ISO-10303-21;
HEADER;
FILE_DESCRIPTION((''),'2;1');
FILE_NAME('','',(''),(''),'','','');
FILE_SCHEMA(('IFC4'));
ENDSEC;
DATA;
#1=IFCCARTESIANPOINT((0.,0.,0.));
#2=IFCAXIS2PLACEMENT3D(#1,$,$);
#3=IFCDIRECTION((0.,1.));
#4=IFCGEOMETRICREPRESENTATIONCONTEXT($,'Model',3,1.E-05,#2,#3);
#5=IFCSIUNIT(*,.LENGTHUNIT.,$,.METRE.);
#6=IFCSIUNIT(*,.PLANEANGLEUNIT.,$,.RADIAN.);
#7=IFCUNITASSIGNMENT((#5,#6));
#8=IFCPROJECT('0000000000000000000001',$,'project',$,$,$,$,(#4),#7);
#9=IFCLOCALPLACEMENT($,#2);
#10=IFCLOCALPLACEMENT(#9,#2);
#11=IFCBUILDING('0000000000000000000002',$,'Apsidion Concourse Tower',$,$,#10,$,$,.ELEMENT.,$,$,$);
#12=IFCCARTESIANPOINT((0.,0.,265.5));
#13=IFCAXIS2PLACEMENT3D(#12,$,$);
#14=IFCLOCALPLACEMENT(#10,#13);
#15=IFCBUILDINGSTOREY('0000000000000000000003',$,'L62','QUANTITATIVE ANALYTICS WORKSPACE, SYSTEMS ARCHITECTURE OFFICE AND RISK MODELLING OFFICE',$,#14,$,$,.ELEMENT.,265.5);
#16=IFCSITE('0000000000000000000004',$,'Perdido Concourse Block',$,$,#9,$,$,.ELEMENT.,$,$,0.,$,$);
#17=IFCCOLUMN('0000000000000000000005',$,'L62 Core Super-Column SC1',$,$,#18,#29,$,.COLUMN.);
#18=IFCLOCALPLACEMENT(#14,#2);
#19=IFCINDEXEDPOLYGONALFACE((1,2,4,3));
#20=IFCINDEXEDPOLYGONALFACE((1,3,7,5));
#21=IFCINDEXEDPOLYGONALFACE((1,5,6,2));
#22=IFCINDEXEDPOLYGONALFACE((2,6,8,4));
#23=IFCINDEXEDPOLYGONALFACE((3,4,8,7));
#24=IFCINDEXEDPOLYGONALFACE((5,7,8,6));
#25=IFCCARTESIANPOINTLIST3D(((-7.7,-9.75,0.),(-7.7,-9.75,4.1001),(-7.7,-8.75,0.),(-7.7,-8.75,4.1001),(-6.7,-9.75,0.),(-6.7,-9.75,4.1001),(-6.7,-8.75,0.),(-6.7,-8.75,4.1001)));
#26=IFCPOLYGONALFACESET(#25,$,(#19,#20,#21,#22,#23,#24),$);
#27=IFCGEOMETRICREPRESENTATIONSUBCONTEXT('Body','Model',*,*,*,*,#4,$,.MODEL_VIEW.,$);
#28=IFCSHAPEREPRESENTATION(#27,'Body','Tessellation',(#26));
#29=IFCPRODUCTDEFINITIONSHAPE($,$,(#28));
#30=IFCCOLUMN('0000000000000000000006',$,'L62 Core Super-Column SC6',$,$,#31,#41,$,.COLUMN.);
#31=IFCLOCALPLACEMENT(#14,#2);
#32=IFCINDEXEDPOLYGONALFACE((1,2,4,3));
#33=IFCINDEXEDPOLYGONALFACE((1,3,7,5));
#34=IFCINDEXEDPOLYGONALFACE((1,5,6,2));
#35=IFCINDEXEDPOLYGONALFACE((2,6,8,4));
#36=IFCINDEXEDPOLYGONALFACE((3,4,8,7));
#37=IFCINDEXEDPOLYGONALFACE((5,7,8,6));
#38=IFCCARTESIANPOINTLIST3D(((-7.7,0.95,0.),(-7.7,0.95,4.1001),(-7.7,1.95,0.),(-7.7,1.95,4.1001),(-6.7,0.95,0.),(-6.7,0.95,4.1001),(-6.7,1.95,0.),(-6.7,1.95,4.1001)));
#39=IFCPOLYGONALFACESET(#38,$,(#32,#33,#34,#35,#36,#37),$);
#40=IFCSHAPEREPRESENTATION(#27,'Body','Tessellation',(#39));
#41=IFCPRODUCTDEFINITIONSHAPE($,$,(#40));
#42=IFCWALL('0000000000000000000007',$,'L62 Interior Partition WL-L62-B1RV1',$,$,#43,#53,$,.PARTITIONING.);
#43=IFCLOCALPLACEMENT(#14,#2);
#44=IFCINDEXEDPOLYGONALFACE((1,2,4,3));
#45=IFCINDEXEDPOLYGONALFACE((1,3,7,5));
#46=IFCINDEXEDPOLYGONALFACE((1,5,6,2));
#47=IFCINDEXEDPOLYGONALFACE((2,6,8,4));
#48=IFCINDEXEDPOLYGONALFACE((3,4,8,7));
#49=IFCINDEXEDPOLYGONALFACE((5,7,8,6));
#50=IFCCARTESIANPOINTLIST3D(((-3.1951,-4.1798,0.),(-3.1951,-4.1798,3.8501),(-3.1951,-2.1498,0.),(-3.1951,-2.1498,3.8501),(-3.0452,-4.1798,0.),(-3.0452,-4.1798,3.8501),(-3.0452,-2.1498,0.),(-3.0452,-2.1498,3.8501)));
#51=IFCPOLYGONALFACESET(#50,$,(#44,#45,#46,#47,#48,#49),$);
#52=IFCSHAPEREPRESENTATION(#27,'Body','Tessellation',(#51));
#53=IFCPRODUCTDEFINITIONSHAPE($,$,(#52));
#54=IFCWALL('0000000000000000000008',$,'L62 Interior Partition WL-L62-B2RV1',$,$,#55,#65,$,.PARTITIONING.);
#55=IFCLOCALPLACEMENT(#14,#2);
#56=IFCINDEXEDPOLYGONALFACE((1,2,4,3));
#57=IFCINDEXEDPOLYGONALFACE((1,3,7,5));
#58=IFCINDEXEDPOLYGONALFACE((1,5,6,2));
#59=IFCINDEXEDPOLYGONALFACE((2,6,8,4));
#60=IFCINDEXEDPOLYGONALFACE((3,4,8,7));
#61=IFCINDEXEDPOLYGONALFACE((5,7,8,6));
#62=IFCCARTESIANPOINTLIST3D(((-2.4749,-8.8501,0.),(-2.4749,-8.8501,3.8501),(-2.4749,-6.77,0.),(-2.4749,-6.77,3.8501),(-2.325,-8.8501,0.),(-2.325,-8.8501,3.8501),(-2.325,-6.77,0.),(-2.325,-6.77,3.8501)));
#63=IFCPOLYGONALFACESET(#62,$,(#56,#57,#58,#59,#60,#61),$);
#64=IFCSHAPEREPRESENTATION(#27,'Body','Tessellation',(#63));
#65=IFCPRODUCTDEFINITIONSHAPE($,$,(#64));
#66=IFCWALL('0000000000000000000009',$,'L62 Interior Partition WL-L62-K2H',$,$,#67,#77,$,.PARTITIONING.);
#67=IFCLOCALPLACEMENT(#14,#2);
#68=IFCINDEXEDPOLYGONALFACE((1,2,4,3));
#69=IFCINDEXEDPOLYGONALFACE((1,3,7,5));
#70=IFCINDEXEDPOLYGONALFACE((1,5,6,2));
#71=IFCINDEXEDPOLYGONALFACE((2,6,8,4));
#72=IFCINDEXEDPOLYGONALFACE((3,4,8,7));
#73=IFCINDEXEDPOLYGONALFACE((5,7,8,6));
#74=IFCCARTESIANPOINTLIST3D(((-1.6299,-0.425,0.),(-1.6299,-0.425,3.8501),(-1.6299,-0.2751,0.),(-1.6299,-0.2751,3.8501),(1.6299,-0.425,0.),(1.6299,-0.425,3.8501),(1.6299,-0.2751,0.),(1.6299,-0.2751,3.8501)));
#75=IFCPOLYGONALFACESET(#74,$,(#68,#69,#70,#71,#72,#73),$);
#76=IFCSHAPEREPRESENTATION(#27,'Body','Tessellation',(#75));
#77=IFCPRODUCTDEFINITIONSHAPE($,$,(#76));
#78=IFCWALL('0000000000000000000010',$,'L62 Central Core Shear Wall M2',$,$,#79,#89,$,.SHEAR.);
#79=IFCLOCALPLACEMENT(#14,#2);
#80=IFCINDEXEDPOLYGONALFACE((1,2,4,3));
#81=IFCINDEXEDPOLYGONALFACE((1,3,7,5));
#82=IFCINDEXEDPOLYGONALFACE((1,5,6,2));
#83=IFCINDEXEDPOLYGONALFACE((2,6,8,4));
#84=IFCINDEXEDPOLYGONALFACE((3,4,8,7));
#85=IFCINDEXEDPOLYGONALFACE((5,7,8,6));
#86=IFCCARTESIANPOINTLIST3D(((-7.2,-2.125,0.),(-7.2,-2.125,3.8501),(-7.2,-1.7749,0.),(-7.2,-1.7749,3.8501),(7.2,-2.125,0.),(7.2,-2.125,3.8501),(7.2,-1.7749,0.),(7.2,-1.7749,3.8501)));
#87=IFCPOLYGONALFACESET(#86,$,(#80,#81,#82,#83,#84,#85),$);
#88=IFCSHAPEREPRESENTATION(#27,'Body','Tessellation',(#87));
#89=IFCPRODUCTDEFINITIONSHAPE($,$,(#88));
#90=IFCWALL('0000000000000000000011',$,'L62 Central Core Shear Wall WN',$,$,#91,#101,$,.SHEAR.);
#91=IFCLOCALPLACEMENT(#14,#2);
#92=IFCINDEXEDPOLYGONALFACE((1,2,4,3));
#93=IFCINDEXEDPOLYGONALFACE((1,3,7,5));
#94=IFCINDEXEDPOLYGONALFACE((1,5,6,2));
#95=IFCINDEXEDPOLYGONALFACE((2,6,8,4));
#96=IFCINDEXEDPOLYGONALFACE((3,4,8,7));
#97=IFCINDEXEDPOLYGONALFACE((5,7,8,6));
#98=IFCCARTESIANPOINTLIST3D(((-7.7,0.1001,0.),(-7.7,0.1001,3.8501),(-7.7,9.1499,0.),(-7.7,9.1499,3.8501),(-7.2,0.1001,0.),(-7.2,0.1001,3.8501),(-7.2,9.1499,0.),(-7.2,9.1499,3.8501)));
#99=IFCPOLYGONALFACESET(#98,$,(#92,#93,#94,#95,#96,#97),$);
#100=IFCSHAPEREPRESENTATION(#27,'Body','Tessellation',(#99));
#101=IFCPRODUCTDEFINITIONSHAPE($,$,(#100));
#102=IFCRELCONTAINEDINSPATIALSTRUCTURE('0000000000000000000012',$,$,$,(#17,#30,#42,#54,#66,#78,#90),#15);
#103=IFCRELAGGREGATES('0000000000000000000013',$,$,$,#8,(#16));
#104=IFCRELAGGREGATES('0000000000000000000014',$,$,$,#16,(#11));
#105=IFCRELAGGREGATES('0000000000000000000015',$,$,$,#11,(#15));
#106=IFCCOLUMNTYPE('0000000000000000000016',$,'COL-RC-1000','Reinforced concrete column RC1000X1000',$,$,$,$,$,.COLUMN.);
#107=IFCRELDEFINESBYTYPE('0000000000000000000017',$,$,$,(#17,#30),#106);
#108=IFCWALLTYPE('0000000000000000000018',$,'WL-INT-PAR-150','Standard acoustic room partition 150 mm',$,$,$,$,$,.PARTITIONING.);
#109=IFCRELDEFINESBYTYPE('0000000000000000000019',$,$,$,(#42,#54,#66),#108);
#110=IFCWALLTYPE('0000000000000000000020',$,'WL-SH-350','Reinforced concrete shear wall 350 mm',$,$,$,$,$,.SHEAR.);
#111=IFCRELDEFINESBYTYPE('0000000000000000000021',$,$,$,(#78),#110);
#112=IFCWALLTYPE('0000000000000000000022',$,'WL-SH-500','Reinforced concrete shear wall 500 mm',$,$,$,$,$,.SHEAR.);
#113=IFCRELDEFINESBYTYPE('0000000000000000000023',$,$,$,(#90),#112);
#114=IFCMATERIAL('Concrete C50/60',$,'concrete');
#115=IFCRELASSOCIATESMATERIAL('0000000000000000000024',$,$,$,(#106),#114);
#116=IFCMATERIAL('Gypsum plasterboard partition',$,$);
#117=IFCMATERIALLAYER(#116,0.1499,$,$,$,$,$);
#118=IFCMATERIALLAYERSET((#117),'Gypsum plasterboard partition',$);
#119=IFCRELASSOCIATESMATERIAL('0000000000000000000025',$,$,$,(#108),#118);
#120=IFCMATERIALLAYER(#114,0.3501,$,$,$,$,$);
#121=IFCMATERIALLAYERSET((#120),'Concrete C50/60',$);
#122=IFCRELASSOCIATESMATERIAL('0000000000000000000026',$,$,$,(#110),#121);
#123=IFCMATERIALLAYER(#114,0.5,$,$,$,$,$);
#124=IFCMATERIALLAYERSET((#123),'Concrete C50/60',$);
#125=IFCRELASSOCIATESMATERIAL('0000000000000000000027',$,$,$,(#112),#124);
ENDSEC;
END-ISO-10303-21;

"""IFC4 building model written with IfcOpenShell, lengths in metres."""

from ifc_helpers import new_model, si_unit, direction, frame, frame_2d, origin, origin_2d, place, context, subcontext, project, spatial, rectangle, extrude, material, layer, layer_set, material_profile, profile_set, type_object, element, save


model = new_model("IFC4")

# Units and contexts
model_context = context("Model", 3, precision=1e-05, world=origin(), true_north=direction((0.0, 1.0)))
body_context = subcontext(model_context, "Body", "Model", "MODEL_VIEW")
ifc_project = project(units=[si_unit("LENGTHUNIT", "METRE"), si_unit("PLANEANGLEUNIT", "RADIAN")], contexts=[model_context])

# Site, building, storey
site_placement = place(None, origin())
site = spatial("IfcSite", under=ifc_project, at=site_placement, Name="Perdido Concourse Block", CompositionType="ELEMENT", RefElevation=0.0)
building_placement = place(site_placement, origin())
building = spatial("IfcBuilding", under=site, at=building_placement, Name="Apsidion Concourse Tower", CompositionType="ELEMENT")
storey_placement = place(building_placement, frame((0.0, 0.0, 265.5)))
storey = spatial("IfcBuildingStorey", under=building, at=storey_placement, Name="L62", Description="QUANTITATIVE ANALYTICS WORKSPACE, SYSTEMS ARCHITECTURE OFFICE AND RISK MODELLING OFFICE", CompositionType="ELEMENT", Elevation=265.5)

# Columns
ifc_material_1 = material(Name="Concrete C50/60", Category="concrete")
ifc_material_profile = material_profile(ifc_material_1, rectangle(XDim=1.0, YDim=1.0, at=origin_2d()), Name="RC 1000x1000")
ifc_profile_set = profile_set([ifc_material_profile], Name="Concrete C50/60")
column_type = type_object("IfcColumnType", Name="COL-RC-1000", Description="Reinforced concrete column RC1000X1000", PredefinedType="COLUMN", material=ifc_profile_set)
for number, where, z_axis, x_axis, name in (
    (1, (-7.2, -9.25, 0.0), (0.0, 0.0, 1.0), (1.0, 0.0, 0.0), "L62 Core Super-Column SC1"),
    (2, (-7.2, 1.45, 0.0), (0.0, 0.0, 1.0), (1.0, 0.0, 0.0), "L62 Core Super-Column SC6"),
):
    element("IfcColumn", number, at=place(storey_placement, frame(where, z_axis=z_axis, x_axis=x_axis)), inside=storey, type_object=column_type, Name=name, PredefinedType="COLUMN", context=body_context, shape_type="SweptSolid", body=[
        extrude(rectangle(XDim=1.0, YDim=1.0, at=origin_2d()), origin(), (0.0, 0.0, 1.0), 4.1001),
    ])

# Walls
ifc_material_2 = material(Name="Gypsum plasterboard partition")
ifc_layer_1 = layer(ifc_material_2, 0.1499)
ifc_layer_set_1 = layer_set([ifc_layer_1], Name="Gypsum plasterboard partition")
wall_type_1 = type_object("IfcWallType", Name="WL-INT-PAR-150", Description="Standard acoustic room partition 150 mm", PredefinedType="PARTITIONING", material=ifc_layer_set_1)
wall_1_placement = place(storey_placement, frame((-3.1201, -4.1799, 0.0), z_axis=(0.0, 0.0, 1.0), x_axis=(0.0, 1.0, 0.0)))
element("IfcWall", 3, at=wall_1_placement, inside=storey, type_object=wall_type_1, Name="L62 Interior Partition WL-L62-B1RV1", PredefinedType="PARTITIONING", context=body_context, shape_type="SweptSolid", body=[
    extrude(rectangle(XDim=2.03, YDim=0.1499, at=frame_2d((1.0151, 0.0))), origin(), (0.0, 0.0, 1.0), 3.8501),
])
wall_2_placement = place(storey_placement, frame((-2.3999, -8.8501, 0.0), z_axis=(0.0, 0.0, 1.0), x_axis=(0.0, 1.0, 0.0)))
element("IfcWall", 4, at=wall_2_placement, inside=storey, type_object=wall_type_1, Name="L62 Interior Partition WL-L62-B2RV1", PredefinedType="PARTITIONING", context=body_context, shape_type="SweptSolid", body=[
    extrude(rectangle(XDim=2.0801, YDim=0.1499, at=frame_2d((1.04, 0.0))), origin(), (0.0, 0.0, 1.0), 3.8501),
])
wall_3_placement = place(storey_placement, frame((-1.6299, -0.3501, 0.0), z_axis=(0.0, 0.0, 1.0), x_axis=(1.0, 0.0, 0.0)))
element("IfcWall", 5, at=wall_3_placement, inside=storey, type_object=wall_type_1, Name="L62 Interior Partition WL-L62-K2H", PredefinedType="PARTITIONING", context=body_context, shape_type="SweptSolid", body=[
    extrude(rectangle(XDim=3.2598, YDim=0.1499, at=frame_2d((1.6299, 0.0))), origin(), (0.0, 0.0, 1.0), 3.8501),
])

# Shared definitions
ifc_layer_2 = layer(ifc_material_1, 0.3501)
ifc_layer_set_2 = layer_set([ifc_layer_2], Name="Concrete C50/60")
wall_type_2 = type_object("IfcWallType", Name="WL-SH-350", Description="Reinforced concrete shear wall 350 mm", PredefinedType="SHEAR", material=ifc_layer_set_2)

# Wall
wall_4_placement = place(storey_placement, frame((-7.2, -1.95, 0.0), z_axis=(0.0, 0.0, 1.0), x_axis=(1.0, 0.0, 0.0)))
element("IfcWall", 6, at=wall_4_placement, inside=storey, type_object=wall_type_2, Name="L62 Central Core Shear Wall M2", PredefinedType="SHEAR", context=body_context, shape_type="SweptSolid", body=[
    extrude(rectangle(XDim=14.3999, YDim=0.3501, at=frame_2d((7.2, 0.0))), origin(), (0.0, 0.0, 1.0), 3.8501),
])

# Wall
ifc_layer_3 = layer(ifc_material_1, 0.5)
ifc_layer_set_3 = layer_set([ifc_layer_3], Name="Concrete C50/60")
wall_type_3 = type_object("IfcWallType", Name="WL-SH-500", Description="Reinforced concrete shear wall 500 mm", PredefinedType="SHEAR", material=ifc_layer_set_3)
wall_5_placement = place(storey_placement, frame((-7.45, 0.1001, 0.0), z_axis=(0.0, 0.0, 1.0), x_axis=(0.0, 1.0, 0.0)))
element("IfcWall", 7, at=wall_5_placement, inside=storey, type_object=wall_type_3, Name="L62 Central Core Shear Wall WN", PredefinedType="SHEAR", context=body_context, shape_type="SweptSolid", body=[
    extrude(rectangle(XDim=9.0498, YDim=0.5, at=frame_2d((4.5249, 0.0))), origin(), (0.0, 0.0, 1.0), 3.8501),
])

save(model, "model.ifc")
